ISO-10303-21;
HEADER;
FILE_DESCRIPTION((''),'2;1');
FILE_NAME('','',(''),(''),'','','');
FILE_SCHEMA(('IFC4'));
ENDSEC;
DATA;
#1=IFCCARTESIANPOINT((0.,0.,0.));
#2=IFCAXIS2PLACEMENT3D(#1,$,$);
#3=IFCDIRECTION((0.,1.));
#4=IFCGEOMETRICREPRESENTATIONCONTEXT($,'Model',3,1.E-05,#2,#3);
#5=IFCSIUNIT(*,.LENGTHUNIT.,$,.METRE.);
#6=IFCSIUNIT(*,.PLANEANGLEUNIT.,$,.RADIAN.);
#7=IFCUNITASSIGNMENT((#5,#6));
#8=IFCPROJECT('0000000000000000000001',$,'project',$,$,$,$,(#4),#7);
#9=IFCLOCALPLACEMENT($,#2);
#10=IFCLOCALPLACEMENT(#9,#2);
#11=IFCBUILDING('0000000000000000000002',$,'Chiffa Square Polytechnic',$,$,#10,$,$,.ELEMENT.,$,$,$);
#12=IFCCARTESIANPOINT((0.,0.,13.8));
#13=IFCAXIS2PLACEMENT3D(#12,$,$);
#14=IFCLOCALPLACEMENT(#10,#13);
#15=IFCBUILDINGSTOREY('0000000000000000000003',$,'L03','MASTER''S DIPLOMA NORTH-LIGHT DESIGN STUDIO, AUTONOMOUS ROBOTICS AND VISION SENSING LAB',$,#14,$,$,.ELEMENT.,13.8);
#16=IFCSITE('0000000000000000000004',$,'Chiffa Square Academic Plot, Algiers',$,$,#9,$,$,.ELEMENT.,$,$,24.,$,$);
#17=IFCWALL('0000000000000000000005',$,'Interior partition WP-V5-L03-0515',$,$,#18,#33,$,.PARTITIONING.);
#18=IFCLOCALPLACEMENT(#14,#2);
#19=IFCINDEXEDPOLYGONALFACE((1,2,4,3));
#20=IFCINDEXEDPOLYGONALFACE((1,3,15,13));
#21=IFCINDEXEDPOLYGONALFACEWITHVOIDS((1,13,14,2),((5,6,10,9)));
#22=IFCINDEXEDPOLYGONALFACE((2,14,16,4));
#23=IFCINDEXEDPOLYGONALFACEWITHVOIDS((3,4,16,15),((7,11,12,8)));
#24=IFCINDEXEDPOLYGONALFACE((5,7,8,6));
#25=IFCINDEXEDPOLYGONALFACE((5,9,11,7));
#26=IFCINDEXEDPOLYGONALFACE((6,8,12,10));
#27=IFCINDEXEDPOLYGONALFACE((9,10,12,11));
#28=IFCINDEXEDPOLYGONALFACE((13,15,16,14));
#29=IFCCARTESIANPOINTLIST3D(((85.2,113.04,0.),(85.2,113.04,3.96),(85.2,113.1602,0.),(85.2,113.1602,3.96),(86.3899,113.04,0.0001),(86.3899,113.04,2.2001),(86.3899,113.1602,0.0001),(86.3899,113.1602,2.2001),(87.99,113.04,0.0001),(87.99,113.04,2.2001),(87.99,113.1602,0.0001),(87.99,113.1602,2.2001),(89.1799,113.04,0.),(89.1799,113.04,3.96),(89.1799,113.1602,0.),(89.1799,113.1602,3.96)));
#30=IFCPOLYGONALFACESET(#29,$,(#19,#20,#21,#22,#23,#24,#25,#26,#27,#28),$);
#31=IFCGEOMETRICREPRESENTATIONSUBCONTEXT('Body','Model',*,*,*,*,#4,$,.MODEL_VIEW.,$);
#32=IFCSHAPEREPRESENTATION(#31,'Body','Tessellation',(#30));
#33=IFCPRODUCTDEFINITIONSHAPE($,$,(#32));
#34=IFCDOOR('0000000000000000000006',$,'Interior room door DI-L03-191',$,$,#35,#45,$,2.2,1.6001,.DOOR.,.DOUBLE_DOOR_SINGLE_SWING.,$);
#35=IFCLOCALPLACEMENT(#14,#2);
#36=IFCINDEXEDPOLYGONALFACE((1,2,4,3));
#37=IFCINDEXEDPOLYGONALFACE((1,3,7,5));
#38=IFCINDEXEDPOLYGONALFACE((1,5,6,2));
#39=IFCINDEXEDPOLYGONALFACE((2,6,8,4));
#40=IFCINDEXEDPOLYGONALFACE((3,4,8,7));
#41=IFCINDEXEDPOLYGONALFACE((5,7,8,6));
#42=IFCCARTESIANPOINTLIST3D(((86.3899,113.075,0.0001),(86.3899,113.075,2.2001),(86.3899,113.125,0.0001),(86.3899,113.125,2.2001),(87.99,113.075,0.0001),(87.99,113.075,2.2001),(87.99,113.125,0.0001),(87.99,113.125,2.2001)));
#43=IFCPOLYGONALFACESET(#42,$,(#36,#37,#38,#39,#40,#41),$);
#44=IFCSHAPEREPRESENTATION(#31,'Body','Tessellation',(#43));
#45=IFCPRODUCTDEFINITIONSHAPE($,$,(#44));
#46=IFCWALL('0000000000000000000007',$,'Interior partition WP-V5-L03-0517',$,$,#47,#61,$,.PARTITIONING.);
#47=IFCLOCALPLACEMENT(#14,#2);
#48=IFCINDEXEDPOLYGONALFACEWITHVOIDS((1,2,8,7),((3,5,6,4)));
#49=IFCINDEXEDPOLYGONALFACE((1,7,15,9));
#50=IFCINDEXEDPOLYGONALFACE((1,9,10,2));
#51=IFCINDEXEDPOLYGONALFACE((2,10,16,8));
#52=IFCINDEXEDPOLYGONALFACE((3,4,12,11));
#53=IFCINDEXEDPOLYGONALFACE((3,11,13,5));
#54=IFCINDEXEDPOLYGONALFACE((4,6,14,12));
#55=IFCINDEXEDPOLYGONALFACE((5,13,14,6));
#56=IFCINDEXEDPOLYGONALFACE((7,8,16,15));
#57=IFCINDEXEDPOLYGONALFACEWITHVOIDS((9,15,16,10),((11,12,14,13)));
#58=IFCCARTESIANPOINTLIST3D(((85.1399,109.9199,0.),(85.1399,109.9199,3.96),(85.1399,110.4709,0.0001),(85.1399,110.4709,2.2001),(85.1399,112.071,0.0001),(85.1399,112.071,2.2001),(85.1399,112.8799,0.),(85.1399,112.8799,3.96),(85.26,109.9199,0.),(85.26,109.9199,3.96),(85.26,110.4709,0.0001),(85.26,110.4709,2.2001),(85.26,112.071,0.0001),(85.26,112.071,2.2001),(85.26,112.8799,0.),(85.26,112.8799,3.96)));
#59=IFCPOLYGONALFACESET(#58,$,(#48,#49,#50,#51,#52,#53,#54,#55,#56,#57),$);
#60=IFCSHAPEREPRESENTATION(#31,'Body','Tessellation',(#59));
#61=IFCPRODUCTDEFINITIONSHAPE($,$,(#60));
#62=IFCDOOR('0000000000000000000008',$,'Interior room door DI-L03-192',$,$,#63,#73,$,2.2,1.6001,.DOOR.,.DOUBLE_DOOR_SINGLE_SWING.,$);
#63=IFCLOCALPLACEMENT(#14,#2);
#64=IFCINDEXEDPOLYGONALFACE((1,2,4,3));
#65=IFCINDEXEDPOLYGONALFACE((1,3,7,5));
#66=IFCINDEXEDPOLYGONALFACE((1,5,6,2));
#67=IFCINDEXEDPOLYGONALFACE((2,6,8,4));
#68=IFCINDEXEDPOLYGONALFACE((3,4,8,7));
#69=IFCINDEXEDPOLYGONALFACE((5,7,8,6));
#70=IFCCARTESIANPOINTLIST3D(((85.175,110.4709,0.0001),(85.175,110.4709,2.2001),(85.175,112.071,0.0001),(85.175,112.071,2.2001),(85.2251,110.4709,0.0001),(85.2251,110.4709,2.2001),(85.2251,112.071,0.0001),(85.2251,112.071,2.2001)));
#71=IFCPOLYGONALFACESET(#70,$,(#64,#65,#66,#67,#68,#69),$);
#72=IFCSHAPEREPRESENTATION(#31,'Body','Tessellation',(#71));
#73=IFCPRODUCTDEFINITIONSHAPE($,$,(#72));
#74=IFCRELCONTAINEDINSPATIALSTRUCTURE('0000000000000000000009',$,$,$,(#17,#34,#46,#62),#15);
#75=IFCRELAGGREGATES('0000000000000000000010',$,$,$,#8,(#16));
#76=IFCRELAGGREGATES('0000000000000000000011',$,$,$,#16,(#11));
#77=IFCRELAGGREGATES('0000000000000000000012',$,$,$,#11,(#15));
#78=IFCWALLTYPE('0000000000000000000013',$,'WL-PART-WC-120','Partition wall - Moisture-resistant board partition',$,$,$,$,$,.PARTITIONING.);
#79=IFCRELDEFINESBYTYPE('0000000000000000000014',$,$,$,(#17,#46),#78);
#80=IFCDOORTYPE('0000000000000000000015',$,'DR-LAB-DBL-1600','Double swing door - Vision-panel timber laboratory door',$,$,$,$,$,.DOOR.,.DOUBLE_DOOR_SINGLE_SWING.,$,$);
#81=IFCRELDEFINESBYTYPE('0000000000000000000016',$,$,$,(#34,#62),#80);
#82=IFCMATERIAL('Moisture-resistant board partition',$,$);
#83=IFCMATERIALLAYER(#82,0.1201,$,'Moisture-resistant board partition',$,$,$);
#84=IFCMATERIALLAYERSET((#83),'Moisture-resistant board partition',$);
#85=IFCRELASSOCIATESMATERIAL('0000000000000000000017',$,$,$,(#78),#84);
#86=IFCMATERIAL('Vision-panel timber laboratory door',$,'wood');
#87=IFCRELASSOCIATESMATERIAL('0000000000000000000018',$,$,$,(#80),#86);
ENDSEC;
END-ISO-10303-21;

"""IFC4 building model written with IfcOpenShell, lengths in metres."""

from ifc_helpers import new_model, si_unit, direction, frame, frame_2d, origin, place, context, subcontext, project, spatial, rectangle, extrude, material, layer, layer_set, type_object, element, fill, save


model = new_model("IFC4")

# Units and contexts
model_context = context("Model", 3, precision=1e-05, world=origin(), true_north=direction((0.0, 1.0)))
body_context = subcontext(model_context, "Body", "Model", "MODEL_VIEW")
ifc_project = project(units=[si_unit("LENGTHUNIT", "METRE"), si_unit("PLANEANGLEUNIT", "RADIAN")], contexts=[model_context])

# Site, building, storey
site_placement = place(None, origin())
site = spatial("IfcSite", under=ifc_project, at=site_placement, Name="Chiffa Square Academic Plot, Algiers", CompositionType="ELEMENT", RefElevation=24.0)
building_placement = place(site_placement, origin())
building = spatial("IfcBuilding", under=site, at=building_placement, Name="Chiffa Square Polytechnic", CompositionType="ELEMENT")
storey_placement = place(building_placement, frame((0.0, 0.0, 13.8)))
storey = spatial("IfcBuildingStorey", under=building, at=storey_placement, Name="L03", Description="MASTER'S DIPLOMA NORTH-LIGHT DESIGN STUDIO, AUTONOMOUS ROBOTICS AND VISION SENSING LAB", CompositionType="ELEMENT", Elevation=13.8)

# Shared definitions
ifc_material_1 = material(Name="Moisture-resistant board partition")
ifc_layer_1 = layer(ifc_material_1, 0.1201, Name="Moisture-resistant board partition")
ifc_layer_set_1 = layer_set([ifc_layer_1], Name="Moisture-resistant board partition")
wall_type_1 = type_object("IfcWallType", Name="WL-PART-WC-120", Description="Partition wall - Moisture-resistant board partition", PredefinedType="PARTITIONING", material=ifc_layer_set_1)

# Walls, openings, doors
wall_1_placement = place(storey_placement, frame((85.2, 113.1001, 0.0), z_axis=(0.0, 0.0, 1.0), x_axis=(1.0, 0.0, 0.0)))
wall_1 = element("IfcWall", 1, at=wall_1_placement, inside=storey, type_object=wall_type_1, Name="Interior partition WP-V5-L03-0515", PredefinedType="PARTITIONING", context=body_context, shape_type="SweptSolid", body=[
    extrude(rectangle(XDim=3.98, YDim=0.1201, at=frame_2d((1.99, 0.0))), origin(), (0.0, 0.0, 1.0), 3.96),
])
opening_1_placement = place(wall_1_placement, frame((1.1899, 0.0, 0.0)))
opening_1 = element("IfcOpeningElement", 2, at=opening_1_placement, cuts=wall_1, PredefinedType="OPENING", context=body_context, shape_type="SweptSolid", body=[
    extrude(rectangle(XDim=1.6001, YDim=2.2, at=frame_2d((0.8, 1.1001))), frame((0.0, 0.0701, 0.0), z_axis=(0.0, -1.0, 0.0), x_axis=(1.0, 0.0, 0.0)), (0.0, 0.0, 1.0), 0.1401),
])
ifc_material_2 = material(Name="Vision-panel timber laboratory door", Category="wood")
door_type_1 = type_object("IfcDoorType", Name="DR-LAB-DBL-1600", Description="Double swing door - Vision-panel timber laboratory door", OperationType="DOUBLE_DOOR_SINGLE_SWING", PredefinedType="DOOR", material=ifc_material_2)
door_1_placement = place(opening_1_placement, origin())
door_1 = element("IfcDoor", 3, at=door_1_placement, inside=storey, type_object=door_type_1, Name="Interior room door DI-L03-191", OperationType="DOUBLE_DOOR_SINGLE_SWING", OverallHeight=2.2, OverallWidth=1.6001, PredefinedType="DOOR", context=body_context, shape_type="SweptSolid", body=[
    extrude(rectangle(XDim=1.6001, YDim=2.2, at=frame_2d((0.8, 1.1001))), frame((0.0, 0.0249, 0.0), z_axis=(0.0, -1.0, 0.0), x_axis=(1.0, 0.0, 0.0)), (0.0, 0.0, 1.0), 0.05),
])
fill(opening_1, door_1)
wall_2_placement = place(storey_placement, frame((85.2, 109.9199, 0.0), z_axis=(0.0, 0.0, 1.0), x_axis=(0.0, 1.0, 0.0)))
wall_2 = element("IfcWall", 4, at=wall_2_placement, inside=storey, type_object=wall_type_1, Name="Interior partition WP-V5-L03-0517", PredefinedType="PARTITIONING", context=body_context, shape_type="SweptSolid", body=[
    extrude(rectangle(XDim=2.96, YDim=0.1201, at=frame_2d((1.48, 0.0))), origin(), (0.0, 0.0, 1.0), 3.96),
])
opening_2_placement = place(wall_2_placement, frame((0.551, 0.0, 0.0)))
opening_2 = element("IfcOpeningElement", 5, at=opening_2_placement, cuts=wall_2, PredefinedType="OPENING", context=body_context, shape_type="SweptSolid", body=[
    extrude(rectangle(XDim=1.6001, YDim=2.2, at=frame_2d((0.8, 1.1001))), frame((0.0, 0.0701, 0.0), z_axis=(0.0, -1.0, 0.0), x_axis=(1.0, 0.0, 0.0)), (0.0, 0.0, 1.0), 0.1401),
])
door_2_placement = place(opening_2_placement, origin())
door_2 = element("IfcDoor", 6, at=door_2_placement, inside=storey, type_object=door_type_1, Name="Interior room door DI-L03-192", OperationType="DOUBLE_DOOR_SINGLE_SWING", OverallHeight=2.2, OverallWidth=1.6001, PredefinedType="DOOR", context=body_context, shape_type="SweptSolid", body=[
    extrude(rectangle(XDim=1.6001, YDim=2.2, at=frame_2d((0.8, 1.1001))), frame((0.0, 0.0249, 0.0), z_axis=(0.0, -1.0, 0.0), x_axis=(1.0, 0.0, 0.0)), (0.0, 0.0, 1.0), 0.05),
])
fill(opening_2, door_2)

save(model, "model.ifc")
